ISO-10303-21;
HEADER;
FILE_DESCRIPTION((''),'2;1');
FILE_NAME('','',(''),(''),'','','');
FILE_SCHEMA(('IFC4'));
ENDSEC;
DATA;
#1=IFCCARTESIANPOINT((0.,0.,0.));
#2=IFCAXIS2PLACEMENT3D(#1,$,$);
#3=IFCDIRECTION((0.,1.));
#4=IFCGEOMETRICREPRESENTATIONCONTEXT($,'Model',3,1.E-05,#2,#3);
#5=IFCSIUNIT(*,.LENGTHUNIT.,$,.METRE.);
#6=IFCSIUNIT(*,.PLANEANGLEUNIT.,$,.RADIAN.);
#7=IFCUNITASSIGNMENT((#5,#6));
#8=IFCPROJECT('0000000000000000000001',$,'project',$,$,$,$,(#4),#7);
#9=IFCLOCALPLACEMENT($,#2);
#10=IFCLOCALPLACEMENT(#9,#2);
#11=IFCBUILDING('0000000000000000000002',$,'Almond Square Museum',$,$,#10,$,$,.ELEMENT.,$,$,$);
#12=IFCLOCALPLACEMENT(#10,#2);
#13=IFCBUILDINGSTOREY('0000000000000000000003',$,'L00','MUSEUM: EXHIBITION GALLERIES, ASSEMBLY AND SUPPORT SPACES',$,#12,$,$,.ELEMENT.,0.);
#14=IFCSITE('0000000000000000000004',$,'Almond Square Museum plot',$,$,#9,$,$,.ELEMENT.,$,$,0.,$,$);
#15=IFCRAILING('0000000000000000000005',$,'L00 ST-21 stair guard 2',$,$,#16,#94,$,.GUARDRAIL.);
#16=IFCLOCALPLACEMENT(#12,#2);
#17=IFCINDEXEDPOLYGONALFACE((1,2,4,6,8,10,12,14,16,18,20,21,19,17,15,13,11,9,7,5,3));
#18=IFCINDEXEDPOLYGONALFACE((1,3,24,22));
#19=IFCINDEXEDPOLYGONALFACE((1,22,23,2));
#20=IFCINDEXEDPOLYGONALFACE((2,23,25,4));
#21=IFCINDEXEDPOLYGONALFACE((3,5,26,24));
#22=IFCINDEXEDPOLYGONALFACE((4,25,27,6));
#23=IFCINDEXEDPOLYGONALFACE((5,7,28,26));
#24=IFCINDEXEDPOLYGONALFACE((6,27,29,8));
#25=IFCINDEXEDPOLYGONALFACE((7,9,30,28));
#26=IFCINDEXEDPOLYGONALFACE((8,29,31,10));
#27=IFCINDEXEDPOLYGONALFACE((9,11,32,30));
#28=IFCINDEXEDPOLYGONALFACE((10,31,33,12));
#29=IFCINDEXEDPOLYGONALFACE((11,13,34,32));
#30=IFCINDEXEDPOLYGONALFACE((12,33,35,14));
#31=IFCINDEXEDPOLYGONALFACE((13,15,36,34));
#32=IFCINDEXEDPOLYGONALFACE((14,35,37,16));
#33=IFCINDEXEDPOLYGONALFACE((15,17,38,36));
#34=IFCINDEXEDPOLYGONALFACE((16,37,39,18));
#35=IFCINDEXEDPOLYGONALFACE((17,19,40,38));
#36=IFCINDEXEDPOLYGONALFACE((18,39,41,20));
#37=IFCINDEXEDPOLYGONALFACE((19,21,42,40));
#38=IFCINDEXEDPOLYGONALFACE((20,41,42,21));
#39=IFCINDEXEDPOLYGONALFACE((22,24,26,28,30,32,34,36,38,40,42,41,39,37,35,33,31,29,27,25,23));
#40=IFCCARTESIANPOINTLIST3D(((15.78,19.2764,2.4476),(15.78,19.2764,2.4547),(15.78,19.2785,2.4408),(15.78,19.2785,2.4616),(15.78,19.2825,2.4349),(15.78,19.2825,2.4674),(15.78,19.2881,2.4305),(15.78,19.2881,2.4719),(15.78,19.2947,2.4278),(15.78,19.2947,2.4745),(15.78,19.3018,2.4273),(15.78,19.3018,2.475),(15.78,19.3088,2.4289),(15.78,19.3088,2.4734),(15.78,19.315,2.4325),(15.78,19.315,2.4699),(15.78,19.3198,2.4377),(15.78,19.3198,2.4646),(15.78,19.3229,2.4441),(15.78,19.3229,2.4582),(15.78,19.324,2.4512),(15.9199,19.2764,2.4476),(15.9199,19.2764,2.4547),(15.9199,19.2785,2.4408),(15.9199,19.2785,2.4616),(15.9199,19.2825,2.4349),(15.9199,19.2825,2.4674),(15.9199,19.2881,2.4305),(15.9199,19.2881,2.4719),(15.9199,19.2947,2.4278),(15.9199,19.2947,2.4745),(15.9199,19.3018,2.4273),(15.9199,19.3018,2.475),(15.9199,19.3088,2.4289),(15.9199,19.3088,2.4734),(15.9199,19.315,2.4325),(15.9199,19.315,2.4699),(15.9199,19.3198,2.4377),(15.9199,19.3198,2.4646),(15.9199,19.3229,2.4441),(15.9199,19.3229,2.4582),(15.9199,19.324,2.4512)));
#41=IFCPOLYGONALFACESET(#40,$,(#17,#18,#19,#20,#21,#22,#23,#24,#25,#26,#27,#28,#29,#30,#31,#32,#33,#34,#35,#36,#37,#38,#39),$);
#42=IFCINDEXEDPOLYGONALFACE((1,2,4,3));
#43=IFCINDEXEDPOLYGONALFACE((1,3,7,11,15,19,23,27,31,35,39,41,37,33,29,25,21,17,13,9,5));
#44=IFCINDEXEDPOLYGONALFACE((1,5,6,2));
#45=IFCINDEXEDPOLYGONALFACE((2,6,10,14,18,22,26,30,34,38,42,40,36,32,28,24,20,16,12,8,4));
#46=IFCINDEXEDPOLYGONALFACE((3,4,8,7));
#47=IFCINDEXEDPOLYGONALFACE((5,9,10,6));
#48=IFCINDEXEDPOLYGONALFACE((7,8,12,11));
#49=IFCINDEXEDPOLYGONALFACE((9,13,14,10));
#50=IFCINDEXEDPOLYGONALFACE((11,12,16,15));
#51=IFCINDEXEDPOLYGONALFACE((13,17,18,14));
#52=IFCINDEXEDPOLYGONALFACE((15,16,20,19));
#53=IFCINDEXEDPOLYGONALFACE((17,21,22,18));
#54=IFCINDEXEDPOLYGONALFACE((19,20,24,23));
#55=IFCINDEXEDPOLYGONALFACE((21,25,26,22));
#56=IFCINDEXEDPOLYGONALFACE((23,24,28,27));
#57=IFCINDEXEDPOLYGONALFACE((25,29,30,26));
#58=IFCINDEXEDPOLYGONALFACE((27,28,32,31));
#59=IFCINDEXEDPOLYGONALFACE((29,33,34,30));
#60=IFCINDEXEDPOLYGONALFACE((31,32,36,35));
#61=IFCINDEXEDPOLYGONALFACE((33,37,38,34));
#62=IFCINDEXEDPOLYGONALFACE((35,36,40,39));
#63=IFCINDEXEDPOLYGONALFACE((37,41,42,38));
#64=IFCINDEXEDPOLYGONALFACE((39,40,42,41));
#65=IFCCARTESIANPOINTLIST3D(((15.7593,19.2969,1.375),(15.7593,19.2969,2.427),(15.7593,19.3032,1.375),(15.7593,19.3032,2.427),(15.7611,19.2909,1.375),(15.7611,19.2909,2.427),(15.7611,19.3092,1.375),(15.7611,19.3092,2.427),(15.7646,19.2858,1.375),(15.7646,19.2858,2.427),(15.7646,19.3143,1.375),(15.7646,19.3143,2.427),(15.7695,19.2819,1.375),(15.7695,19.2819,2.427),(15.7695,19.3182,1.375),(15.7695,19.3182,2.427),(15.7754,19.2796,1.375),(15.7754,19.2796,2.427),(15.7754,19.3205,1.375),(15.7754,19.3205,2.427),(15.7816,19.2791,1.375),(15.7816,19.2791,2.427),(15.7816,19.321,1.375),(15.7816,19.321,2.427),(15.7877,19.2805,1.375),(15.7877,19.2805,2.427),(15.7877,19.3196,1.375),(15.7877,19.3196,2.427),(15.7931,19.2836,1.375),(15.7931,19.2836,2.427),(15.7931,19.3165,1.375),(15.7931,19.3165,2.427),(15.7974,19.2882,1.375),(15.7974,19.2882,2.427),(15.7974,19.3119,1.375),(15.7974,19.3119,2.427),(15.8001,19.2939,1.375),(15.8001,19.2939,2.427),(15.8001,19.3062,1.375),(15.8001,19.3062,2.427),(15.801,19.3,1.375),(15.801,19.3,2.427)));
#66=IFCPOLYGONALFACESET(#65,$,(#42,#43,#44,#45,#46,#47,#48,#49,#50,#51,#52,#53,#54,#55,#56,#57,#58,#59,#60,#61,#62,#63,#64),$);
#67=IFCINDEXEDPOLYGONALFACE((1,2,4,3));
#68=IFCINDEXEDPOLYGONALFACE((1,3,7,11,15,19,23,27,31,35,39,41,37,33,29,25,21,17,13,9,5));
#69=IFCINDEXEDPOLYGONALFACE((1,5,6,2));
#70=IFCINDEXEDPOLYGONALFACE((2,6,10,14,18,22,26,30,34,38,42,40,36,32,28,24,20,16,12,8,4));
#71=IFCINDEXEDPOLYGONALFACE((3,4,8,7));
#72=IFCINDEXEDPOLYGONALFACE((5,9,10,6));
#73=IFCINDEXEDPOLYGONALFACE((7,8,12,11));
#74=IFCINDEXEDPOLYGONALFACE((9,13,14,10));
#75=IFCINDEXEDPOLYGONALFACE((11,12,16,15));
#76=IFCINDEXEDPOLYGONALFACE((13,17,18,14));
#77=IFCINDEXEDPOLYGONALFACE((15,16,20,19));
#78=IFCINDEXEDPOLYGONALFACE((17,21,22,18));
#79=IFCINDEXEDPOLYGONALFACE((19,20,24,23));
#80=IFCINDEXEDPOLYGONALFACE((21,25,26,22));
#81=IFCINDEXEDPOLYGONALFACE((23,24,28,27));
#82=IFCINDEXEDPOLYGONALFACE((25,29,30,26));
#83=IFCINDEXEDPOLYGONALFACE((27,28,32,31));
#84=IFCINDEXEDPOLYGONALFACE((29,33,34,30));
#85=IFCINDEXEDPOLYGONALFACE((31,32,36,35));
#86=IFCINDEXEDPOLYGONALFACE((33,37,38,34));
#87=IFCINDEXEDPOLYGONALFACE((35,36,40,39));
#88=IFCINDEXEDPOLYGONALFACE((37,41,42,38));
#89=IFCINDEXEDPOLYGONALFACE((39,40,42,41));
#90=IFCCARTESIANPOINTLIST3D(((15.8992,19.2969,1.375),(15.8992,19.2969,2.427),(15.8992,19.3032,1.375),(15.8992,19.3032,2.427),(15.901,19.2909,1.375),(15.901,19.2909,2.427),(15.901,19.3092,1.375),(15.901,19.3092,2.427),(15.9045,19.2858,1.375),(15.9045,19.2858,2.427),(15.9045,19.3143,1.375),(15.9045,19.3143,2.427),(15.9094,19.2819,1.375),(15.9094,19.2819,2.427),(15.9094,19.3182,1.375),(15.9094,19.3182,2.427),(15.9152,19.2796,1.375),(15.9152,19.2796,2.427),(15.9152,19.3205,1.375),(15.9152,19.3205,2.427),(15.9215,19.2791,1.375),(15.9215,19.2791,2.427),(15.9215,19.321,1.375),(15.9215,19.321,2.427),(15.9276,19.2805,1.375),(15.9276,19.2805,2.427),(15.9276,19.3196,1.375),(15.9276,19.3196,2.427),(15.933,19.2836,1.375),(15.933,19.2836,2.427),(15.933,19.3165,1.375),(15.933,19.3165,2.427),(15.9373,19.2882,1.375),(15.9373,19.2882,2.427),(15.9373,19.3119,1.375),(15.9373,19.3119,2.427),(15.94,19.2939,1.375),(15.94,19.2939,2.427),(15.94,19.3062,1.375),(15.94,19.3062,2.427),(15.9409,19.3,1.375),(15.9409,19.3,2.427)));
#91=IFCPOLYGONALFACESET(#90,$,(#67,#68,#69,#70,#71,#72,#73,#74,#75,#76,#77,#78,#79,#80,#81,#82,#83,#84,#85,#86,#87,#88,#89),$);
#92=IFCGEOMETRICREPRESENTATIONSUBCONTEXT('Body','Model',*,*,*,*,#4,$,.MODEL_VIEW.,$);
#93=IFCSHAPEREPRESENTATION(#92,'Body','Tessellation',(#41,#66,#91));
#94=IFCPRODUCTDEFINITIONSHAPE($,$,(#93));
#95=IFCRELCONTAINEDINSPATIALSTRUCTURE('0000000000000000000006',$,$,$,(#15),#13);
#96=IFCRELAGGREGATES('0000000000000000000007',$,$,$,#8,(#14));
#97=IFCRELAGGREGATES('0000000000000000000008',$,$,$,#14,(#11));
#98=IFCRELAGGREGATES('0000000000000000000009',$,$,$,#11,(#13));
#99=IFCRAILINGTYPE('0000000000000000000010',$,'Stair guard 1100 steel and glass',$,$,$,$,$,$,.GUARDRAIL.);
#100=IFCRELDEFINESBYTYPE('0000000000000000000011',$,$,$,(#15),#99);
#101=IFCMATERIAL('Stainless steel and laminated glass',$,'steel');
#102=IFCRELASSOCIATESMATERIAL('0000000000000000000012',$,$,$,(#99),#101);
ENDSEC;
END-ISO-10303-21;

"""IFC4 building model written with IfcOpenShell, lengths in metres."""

from ifc_helpers import new_model, si_unit, direction, frame, origin, origin_2d, place, context, subcontext, project, spatial, circle, extrude, material, type_object, element, save


model = new_model("IFC4")

# Units and contexts
model_context = context("Model", 3, precision=1e-05, world=origin(), true_north=direction((0.0, 1.0)))
body_context = subcontext(model_context, "Body", "Model", "MODEL_VIEW")
ifc_project = project(units=[si_unit("LENGTHUNIT", "METRE"), si_unit("PLANEANGLEUNIT", "RADIAN")], contexts=[model_context])

# Site, building, storey
site_placement = place(None, origin())
site = spatial("IfcSite", under=ifc_project, at=site_placement, Name="Almond Square Museum plot", CompositionType="ELEMENT", RefElevation=0.0)
building_placement = place(site_placement, origin())
building = spatial("IfcBuilding", under=site, at=building_placement, Name="Almond Square Museum", CompositionType="ELEMENT")
storey_placement = place(building_placement, origin())
storey = spatial("IfcBuildingStorey", under=building, at=storey_placement, Name="L00", Description="MUSEUM: EXHIBITION GALLERIES, ASSEMBLY AND SUPPORT SPACES", CompositionType="ELEMENT", Elevation=0.0)

# Railing
ifc_material_1 = material(Name="Stainless steel and laminated glass", Category="steel")
railing_type_1 = type_object("IfcRailingType", Name="Stair guard 1100 steel and glass", PredefinedType="GUARDRAIL", material=ifc_material_1)
railing_1_placement = place(storey_placement, frame((15.78, 19.3, 1.375)))
element("IfcRailing", 1, at=railing_1_placement, inside=storey, type_object=railing_type_1, Name="L00 ST-21 stair guard 2", PredefinedType="GUARDRAIL", context=body_context, shape_type="SweptSolid", body=[
    extrude(circle(Radius=0.0239, at=origin_2d()), frame((0.0, 0.0, 1.0762), z_axis=(1.0, 0.0, 0.0), x_axis=(0.0, 1.0, 0.0)), (0.0, 0.0, 1.0), 0.1399),
    extrude(circle(Radius=0.021, at=origin_2d()), origin(), (0.0, 0.0, 1.0), 1.052),
    extrude(circle(Radius=0.021, at=origin_2d()), frame((0.1399, 0.0, 0.0)), (0.0, 0.0, 1.0), 1.052),
])

save(model, "model.ifc")
